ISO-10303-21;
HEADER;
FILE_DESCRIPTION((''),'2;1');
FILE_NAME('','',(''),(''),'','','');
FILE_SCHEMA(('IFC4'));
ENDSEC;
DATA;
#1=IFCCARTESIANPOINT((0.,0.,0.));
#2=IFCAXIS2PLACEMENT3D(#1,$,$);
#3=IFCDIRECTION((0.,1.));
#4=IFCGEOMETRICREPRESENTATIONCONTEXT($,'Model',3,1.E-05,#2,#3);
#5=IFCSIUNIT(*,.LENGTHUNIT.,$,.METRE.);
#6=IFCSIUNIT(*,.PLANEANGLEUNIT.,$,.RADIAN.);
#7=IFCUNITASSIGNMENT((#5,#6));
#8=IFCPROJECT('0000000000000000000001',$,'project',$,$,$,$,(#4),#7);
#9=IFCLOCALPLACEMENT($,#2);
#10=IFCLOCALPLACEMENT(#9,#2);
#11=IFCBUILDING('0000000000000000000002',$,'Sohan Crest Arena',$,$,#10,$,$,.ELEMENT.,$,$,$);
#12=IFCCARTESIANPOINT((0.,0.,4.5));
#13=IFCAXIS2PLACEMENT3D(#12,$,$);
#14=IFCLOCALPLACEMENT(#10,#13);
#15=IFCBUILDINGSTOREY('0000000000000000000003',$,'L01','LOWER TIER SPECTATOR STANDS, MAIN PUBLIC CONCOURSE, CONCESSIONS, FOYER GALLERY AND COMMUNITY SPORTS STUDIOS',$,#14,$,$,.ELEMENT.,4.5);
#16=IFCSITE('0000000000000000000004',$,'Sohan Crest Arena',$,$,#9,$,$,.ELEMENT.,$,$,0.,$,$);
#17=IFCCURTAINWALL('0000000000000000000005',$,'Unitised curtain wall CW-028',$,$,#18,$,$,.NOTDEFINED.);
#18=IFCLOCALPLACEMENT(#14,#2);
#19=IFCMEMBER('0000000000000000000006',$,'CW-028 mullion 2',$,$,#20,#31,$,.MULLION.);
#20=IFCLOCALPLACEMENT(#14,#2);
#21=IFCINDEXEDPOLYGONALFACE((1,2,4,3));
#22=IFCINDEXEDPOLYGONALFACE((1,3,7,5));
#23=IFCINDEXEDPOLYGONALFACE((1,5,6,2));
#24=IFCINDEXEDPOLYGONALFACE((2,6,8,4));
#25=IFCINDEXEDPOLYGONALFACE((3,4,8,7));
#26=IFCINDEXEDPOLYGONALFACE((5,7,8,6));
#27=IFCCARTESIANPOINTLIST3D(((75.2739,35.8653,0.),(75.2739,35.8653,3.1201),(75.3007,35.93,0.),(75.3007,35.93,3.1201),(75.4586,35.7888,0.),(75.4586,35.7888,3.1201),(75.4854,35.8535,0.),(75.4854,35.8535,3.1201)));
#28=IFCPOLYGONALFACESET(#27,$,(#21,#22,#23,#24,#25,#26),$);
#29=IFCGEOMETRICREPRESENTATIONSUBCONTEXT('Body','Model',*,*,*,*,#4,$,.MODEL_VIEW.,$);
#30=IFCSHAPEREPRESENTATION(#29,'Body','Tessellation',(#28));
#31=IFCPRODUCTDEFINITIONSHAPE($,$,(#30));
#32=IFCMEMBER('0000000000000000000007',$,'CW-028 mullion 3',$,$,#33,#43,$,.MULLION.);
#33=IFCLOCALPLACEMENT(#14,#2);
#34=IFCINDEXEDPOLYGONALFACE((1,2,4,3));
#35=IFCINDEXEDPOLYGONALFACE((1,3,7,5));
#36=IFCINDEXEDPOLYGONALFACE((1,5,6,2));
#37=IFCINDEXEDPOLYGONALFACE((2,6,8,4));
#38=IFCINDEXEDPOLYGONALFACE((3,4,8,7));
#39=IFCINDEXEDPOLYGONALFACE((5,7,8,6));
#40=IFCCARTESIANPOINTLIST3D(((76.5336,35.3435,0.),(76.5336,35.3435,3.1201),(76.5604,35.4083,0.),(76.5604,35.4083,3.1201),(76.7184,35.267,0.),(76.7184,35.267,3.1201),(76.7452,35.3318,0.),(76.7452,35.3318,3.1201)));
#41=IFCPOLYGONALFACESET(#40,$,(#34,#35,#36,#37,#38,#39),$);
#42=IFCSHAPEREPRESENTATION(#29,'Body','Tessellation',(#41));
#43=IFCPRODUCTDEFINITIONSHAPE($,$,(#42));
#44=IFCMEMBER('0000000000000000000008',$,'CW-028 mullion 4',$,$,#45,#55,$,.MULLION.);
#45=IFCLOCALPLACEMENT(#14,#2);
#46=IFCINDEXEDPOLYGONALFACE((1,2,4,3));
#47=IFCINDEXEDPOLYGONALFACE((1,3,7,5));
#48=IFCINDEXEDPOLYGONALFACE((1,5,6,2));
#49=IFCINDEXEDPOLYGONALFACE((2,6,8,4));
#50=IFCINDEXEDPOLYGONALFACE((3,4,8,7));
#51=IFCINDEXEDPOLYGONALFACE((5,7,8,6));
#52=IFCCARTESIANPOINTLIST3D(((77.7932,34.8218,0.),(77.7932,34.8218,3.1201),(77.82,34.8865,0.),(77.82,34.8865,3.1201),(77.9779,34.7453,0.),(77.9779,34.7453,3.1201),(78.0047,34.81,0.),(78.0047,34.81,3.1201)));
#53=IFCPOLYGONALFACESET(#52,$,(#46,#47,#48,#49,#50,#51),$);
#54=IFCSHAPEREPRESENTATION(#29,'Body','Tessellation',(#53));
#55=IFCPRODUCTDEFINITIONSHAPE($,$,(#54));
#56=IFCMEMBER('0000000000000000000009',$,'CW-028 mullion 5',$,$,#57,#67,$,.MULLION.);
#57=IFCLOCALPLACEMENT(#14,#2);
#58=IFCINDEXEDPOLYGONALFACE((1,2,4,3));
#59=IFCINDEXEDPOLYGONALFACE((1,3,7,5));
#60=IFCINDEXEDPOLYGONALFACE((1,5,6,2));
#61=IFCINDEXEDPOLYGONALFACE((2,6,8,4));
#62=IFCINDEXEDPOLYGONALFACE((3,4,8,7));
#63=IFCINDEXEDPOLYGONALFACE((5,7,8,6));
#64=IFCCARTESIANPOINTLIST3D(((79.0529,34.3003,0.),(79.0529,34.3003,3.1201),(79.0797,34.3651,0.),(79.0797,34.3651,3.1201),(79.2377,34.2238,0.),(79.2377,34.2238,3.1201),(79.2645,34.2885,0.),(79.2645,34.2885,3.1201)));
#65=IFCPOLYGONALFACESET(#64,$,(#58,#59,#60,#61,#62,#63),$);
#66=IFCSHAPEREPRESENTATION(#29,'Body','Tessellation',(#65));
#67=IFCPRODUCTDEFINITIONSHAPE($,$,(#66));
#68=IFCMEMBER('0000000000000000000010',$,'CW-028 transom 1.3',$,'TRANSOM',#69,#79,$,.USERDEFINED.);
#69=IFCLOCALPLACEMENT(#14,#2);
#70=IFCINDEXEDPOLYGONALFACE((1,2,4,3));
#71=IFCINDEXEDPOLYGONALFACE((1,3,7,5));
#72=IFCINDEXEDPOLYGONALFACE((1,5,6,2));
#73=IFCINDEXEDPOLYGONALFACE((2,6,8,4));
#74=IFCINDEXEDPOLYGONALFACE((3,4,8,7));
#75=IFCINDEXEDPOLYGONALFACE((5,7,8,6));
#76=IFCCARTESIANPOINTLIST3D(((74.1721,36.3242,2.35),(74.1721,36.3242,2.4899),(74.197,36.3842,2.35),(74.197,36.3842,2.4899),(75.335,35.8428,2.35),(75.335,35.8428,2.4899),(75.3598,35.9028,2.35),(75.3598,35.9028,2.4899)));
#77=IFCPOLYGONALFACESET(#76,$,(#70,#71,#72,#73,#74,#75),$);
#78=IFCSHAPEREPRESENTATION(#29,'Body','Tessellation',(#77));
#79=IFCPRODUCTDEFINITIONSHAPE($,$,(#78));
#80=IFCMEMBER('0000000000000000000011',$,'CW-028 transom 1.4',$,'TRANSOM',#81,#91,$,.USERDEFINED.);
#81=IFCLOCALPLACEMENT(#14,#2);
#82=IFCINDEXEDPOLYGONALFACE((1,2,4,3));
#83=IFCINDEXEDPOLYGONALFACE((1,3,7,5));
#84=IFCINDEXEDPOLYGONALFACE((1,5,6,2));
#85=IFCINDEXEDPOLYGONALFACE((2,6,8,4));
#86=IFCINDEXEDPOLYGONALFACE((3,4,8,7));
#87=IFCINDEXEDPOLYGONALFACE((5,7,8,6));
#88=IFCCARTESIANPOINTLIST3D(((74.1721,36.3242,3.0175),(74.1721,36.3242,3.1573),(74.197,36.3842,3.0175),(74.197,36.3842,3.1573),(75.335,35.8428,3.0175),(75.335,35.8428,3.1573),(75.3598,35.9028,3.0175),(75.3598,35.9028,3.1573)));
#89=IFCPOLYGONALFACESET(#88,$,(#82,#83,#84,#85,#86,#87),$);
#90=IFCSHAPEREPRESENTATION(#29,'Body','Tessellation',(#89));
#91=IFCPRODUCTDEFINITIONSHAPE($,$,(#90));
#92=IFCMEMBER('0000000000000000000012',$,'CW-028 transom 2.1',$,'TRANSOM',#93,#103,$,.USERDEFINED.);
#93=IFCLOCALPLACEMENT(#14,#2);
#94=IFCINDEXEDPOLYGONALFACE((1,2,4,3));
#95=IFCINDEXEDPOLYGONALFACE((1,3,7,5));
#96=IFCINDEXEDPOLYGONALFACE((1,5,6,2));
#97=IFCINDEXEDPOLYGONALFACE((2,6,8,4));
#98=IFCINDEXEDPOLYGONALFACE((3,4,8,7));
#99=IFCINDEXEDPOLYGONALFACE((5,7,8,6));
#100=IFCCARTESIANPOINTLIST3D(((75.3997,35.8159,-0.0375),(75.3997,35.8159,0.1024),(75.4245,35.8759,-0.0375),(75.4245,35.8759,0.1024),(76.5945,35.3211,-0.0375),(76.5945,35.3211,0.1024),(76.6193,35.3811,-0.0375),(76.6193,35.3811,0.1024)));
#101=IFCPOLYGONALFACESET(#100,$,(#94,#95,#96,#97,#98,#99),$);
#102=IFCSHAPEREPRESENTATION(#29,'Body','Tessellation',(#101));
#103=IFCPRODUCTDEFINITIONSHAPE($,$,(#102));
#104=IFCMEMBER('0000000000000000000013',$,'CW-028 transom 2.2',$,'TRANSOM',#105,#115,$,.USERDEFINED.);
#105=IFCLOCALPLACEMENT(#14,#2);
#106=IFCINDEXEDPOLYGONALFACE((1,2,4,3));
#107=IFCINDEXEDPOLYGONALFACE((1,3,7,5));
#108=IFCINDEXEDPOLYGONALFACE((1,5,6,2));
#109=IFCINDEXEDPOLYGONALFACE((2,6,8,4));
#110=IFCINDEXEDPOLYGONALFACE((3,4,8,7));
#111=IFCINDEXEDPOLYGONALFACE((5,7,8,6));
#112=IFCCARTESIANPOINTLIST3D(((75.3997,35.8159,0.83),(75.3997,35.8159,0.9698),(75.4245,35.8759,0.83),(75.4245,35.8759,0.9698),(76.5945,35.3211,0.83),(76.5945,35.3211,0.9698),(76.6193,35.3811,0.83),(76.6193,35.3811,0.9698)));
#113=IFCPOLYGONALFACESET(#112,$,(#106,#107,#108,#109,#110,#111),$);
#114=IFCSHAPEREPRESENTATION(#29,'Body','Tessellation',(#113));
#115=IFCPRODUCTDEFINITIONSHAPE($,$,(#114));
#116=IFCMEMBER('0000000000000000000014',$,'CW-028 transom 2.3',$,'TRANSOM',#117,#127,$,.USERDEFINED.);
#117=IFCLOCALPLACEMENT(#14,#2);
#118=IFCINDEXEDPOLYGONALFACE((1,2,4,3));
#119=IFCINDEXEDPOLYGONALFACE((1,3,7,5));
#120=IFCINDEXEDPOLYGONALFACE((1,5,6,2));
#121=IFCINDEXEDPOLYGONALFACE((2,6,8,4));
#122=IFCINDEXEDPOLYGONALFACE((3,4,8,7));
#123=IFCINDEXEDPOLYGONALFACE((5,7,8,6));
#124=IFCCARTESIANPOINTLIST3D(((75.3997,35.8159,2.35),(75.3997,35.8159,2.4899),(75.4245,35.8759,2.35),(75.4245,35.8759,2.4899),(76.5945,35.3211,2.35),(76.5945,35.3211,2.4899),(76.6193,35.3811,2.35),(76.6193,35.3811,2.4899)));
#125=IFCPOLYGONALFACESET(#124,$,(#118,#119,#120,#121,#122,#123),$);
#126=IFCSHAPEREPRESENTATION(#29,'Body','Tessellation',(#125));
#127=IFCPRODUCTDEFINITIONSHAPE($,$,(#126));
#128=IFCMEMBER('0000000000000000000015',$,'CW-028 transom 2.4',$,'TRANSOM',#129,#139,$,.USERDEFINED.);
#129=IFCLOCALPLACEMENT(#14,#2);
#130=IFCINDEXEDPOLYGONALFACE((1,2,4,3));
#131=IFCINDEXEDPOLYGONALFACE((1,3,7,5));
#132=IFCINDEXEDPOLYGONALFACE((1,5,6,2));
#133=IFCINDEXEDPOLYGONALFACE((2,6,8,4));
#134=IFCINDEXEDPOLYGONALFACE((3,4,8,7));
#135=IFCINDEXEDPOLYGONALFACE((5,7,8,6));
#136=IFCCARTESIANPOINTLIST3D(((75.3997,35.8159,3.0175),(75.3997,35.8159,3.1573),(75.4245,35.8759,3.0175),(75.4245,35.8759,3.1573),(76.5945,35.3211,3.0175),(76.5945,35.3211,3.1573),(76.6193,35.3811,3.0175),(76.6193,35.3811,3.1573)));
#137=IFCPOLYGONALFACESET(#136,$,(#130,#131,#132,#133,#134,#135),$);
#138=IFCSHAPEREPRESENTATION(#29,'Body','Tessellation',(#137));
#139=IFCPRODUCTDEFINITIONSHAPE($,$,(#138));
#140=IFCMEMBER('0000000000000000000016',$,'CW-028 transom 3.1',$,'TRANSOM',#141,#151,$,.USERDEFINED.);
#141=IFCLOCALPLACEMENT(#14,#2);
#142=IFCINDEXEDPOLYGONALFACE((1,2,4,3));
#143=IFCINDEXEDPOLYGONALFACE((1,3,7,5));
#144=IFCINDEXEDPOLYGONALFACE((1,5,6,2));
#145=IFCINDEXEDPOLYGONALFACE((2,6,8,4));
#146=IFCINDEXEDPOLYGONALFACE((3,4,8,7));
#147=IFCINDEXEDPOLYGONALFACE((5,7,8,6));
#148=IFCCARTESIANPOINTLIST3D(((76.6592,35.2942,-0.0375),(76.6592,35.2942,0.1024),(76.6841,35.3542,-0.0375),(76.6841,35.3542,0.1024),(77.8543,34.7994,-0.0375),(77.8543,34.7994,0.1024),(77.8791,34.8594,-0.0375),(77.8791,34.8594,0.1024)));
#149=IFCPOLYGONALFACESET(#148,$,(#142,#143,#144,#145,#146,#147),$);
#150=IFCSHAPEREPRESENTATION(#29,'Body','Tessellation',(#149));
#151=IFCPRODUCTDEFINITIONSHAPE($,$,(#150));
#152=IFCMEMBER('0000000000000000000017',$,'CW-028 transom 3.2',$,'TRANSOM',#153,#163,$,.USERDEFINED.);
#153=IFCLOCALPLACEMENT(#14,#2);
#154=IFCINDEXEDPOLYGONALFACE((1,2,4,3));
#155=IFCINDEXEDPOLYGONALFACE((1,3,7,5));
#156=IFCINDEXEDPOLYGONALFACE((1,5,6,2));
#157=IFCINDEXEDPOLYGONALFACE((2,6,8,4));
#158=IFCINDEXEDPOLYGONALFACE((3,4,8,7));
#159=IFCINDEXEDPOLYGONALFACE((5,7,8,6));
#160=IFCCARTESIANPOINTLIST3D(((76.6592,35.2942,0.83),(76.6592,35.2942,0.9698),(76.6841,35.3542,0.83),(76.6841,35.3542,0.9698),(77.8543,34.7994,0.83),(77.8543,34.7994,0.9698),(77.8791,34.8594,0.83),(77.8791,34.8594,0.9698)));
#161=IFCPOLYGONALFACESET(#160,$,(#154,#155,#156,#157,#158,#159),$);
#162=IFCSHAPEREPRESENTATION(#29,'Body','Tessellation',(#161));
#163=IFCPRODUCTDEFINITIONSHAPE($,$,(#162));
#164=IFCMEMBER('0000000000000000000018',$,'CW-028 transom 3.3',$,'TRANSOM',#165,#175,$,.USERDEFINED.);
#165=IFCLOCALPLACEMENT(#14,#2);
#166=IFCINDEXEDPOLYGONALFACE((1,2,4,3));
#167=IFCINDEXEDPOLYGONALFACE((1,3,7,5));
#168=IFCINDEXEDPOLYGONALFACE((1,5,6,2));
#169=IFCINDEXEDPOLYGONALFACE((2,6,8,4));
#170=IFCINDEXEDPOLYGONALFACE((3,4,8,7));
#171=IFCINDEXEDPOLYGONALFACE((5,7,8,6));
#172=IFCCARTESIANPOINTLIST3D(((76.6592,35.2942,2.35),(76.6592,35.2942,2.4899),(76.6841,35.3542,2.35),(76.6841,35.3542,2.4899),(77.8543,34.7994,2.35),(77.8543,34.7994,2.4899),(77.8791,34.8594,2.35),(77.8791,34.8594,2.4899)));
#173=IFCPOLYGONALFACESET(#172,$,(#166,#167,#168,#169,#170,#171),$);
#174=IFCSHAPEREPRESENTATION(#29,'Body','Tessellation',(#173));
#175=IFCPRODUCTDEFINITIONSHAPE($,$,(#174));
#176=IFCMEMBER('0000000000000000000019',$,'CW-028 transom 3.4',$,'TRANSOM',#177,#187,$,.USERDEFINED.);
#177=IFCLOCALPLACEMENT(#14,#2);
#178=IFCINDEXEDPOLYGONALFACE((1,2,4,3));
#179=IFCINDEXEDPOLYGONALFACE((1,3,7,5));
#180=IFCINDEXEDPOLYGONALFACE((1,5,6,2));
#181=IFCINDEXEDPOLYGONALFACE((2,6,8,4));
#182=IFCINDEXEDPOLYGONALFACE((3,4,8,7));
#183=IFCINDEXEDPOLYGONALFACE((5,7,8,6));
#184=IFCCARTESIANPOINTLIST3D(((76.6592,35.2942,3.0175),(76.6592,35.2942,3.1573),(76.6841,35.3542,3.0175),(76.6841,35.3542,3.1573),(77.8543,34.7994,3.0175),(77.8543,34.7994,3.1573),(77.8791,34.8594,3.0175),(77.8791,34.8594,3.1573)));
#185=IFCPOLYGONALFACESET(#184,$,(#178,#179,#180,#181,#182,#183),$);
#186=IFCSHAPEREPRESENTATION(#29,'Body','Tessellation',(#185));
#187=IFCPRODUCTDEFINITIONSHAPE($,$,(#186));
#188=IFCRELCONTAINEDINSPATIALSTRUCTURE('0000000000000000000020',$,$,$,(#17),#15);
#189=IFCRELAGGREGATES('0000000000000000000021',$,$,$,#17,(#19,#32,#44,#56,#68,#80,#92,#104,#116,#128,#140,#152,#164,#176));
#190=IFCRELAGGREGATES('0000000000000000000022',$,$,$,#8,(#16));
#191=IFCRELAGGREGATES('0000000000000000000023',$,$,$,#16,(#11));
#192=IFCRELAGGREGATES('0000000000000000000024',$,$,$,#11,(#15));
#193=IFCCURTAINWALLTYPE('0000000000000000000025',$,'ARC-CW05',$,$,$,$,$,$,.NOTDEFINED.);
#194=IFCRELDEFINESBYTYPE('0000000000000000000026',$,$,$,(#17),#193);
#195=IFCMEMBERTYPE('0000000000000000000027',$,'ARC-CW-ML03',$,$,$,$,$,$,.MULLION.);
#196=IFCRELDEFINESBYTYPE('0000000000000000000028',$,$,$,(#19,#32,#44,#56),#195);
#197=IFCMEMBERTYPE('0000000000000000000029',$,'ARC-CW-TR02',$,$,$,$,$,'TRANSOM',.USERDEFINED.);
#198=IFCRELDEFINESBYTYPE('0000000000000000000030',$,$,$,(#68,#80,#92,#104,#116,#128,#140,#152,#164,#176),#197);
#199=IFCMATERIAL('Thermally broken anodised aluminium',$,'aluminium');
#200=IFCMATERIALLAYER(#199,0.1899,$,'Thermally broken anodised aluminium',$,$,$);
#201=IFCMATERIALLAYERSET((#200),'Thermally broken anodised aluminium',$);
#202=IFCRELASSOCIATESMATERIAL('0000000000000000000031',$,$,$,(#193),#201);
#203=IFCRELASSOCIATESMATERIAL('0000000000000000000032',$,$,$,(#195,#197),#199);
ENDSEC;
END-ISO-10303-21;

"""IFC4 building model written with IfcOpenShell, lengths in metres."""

from ifc_helpers import new_model, si_unit, direction, frame, origin, origin_2d, place, context, subcontext, project, spatial, rectangle, extrude, material, layer, layer_set, material_profile, profile_set, type_object, element, aggregate, save


model = new_model("IFC4")

# Units and contexts
model_context = context("Model", 3, precision=1e-05, world=origin(), true_north=direction((0.0, 1.0)))
body_context = subcontext(model_context, "Body", "Model", "MODEL_VIEW")
ifc_project = project(units=[si_unit("LENGTHUNIT", "METRE"), si_unit("PLANEANGLEUNIT", "RADIAN")], contexts=[model_context])

# Site, building, storey
site_placement = place(None, origin())
site = spatial("IfcSite", under=ifc_project, at=site_placement, Name="Sohan Crest Arena", CompositionType="ELEMENT", RefElevation=0.0)
building_placement = place(site_placement, origin())
building = spatial("IfcBuilding", under=site, at=building_placement, Name="Sohan Crest Arena", CompositionType="ELEMENT")
storey_placement = place(building_placement, frame((0.0, 0.0, 4.5)))
storey = spatial("IfcBuildingStorey", under=building, at=storey_placement, Name="L01", Description="LOWER TIER SPECTATOR STANDS, MAIN PUBLIC CONCOURSE, CONCESSIONS, FOYER GALLERY AND COMMUNITY SPORTS STUDIOS", CompositionType="ELEMENT", Elevation=4.5)

# Curtain wall, members
ifc_material_1 = material(Name="Thermally broken anodised aluminium", Category="aluminium")
ifc_layer_1 = layer(ifc_material_1, 0.1899, Name="Thermally broken anodised aluminium")
ifc_layer_set_1 = layer_set([ifc_layer_1], Name="Thermally broken anodised aluminium")
curtain_wall_type = type_object("IfcCurtainWallType", Name="ARC-CW05", PredefinedType="NOTDEFINED", material=ifc_layer_set_1)
curtain_wall_placement = place(storey_placement, origin())
curtain_wall = element("IfcCurtainWall", 1, at=curtain_wall_placement, inside=storey, type_object=curtain_wall_type, Name="Unitised curtain wall CW-028", PredefinedType="NOTDEFINED")
ifc_material_profile_1 = material_profile(ifc_material_1, rectangle(XDim=0.0701, YDim=0.2, at=origin_2d()), Name="ALU-MULL 70x200")
ifc_profile_set_1 = profile_set([ifc_material_profile_1], Name="Thermally broken anodised aluminium")
member_type_1 = type_object("IfcMemberType", Name="ARC-CW-ML03", PredefinedType="MULLION", material=ifc_profile_set_1)
member_1_placement = place(storey_placement, frame((75.3796, 35.8594, 0.0), z_axis=(0.0, 0.0, 1.0), x_axis=(0.382618, 0.923907, 0.0)))
member_1 = element("IfcMember", 2, at=member_1_placement, type_object=member_type_1, Name="CW-028 mullion 2", PredefinedType="MULLION", context=body_context, shape_type="SweptSolid", body=[
    extrude(rectangle(XDim=0.0701, YDim=0.2, at=origin_2d()), origin(), (0.0, 0.0, 1.0), 3.1201),
])
member_2_placement = place(storey_placement, frame((76.6394, 35.3376, 0.0), z_axis=(0.0, 0.0, 1.0), x_axis=(0.382618, 0.923907, 0.0)))
member_2 = element("IfcMember", 3, at=member_2_placement, type_object=member_type_1, Name="CW-028 mullion 3", PredefinedType="MULLION", context=body_context, shape_type="SweptSolid", body=[
    extrude(rectangle(XDim=0.0701, YDim=0.2, at=origin_2d()), origin(), (0.0, 0.0, 1.0), 3.1201),
])
member_3_placement = place(storey_placement, frame((77.8989, 34.8159, 0.0), z_axis=(0.0, 0.0, 1.0), x_axis=(0.382618, 0.923907, 0.0)))
member_3 = element("IfcMember", 4, at=member_3_placement, type_object=member_type_1, Name="CW-028 mullion 4", PredefinedType="MULLION", context=body_context, shape_type="SweptSolid", body=[
    extrude(rectangle(XDim=0.0701, YDim=0.2, at=origin_2d()), origin(), (0.0, 0.0, 1.0), 3.1201),
])
member_4_placement = place(storey_placement, frame((79.1587, 34.2944, 0.0), z_axis=(0.0, 0.0, 1.0), x_axis=(0.382618, 0.923907, 0.0)))
member_4 = element("IfcMember", 5, at=member_4_placement, type_object=member_type_1, Name="CW-028 mullion 5", PredefinedType="MULLION", context=body_context, shape_type="SweptSolid", body=[
    extrude(rectangle(XDim=0.0701, YDim=0.2, at=origin_2d()), origin(), (0.0, 0.0, 1.0), 3.1201),
])
ifc_material_profile_2 = material_profile(ifc_material_1, rectangle(XDim=0.0649, YDim=0.1399, at=origin_2d()), Name="ALU-TRAN 65x140")
ifc_profile_set_2 = profile_set([ifc_material_profile_2], Name="Thermally broken anodised aluminium")
member_type_2 = type_object("IfcMemberType", Name="ARC-CW-TR02", ElementType="TRANSOM", PredefinedType="USERDEFINED", material=ifc_profile_set_2)
member_5_placement = place(storey_placement, frame((74.1846, 36.3542, 2.4199), z_axis=(0.923941, -0.382535, 0.0), x_axis=(0.382535, 0.923941, 0.0)))
member_5 = element("IfcMember", 6, at=member_5_placement, type_object=member_type_2, Name="CW-028 transom 1.3", ObjectType="TRANSOM", PredefinedType="USERDEFINED", context=body_context, shape_type="SweptSolid", body=[
    extrude(rectangle(XDim=0.0649, YDim=0.1399, at=origin_2d()), origin(), (0.0, 0.0, 1.0), 1.2585),
])
member_6_placement = place(storey_placement, frame((74.1846, 36.3542, 3.0874), z_axis=(0.923941, -0.382535, 0.0), x_axis=(0.382535, 0.923941, 0.0)))
member_6 = element("IfcMember", 7, at=member_6_placement, type_object=member_type_2, Name="CW-028 transom 1.4", ObjectType="TRANSOM", PredefinedType="USERDEFINED", context=body_context, shape_type="SweptSolid", body=[
    extrude(rectangle(XDim=0.0649, YDim=0.1399, at=origin_2d()), origin(), (0.0, 0.0, 1.0), 1.2585),
])
member_7_placement = place(storey_placement, frame((75.4121, 35.8459, 0.0325), z_axis=(0.92389, -0.382657, 0.0), x_axis=(0.382657, 0.92389, 0.0)))
member_7 = element("IfcMember", 8, at=member_7_placement, type_object=member_type_2, Name="CW-028 transom 2.1", ObjectType="TRANSOM", PredefinedType="USERDEFINED", context=body_context, shape_type="SweptSolid", body=[
    extrude(rectangle(XDim=0.0649, YDim=0.1399, at=origin_2d()), origin(), (0.0, 0.0, 1.0), 1.2932),
])
member_8_placement = place(storey_placement, frame((75.4121, 35.8459, 0.8999), z_axis=(0.92389, -0.382657, 0.0), x_axis=(0.382657, 0.92389, 0.0)))
member_8 = element("IfcMember", 9, at=member_8_placement, type_object=member_type_2, Name="CW-028 transom 2.2", ObjectType="TRANSOM", PredefinedType="USERDEFINED", context=body_context, shape_type="SweptSolid", body=[
    extrude(rectangle(XDim=0.0649, YDim=0.1399, at=origin_2d()), origin(), (0.0, 0.0, 1.0), 1.2932),
])
member_9_placement = place(storey_placement, frame((75.4121, 35.8459, 2.4199), z_axis=(0.92389, -0.382657, 0.0), x_axis=(0.382657, 0.92389, 0.0)))
member_9 = element("IfcMember", 10, at=member_9_placement, type_object=member_type_2, Name="CW-028 transom 2.3", ObjectType="TRANSOM", PredefinedType="USERDEFINED", context=body_context, shape_type="SweptSolid", body=[
    extrude(rectangle(XDim=0.0649, YDim=0.1399, at=origin_2d()), origin(), (0.0, 0.0, 1.0), 1.2932),
])
member_10_placement = place(storey_placement, frame((75.4121, 35.8459, 3.0874), z_axis=(0.92389, -0.382657, 0.0), x_axis=(0.382657, 0.92389, 0.0)))
member_10 = element("IfcMember", 11, at=member_10_placement, type_object=member_type_2, Name="CW-028 transom 2.4", ObjectType="TRANSOM", PredefinedType="USERDEFINED", context=body_context, shape_type="SweptSolid", body=[
    extrude(rectangle(XDim=0.0649, YDim=0.1399, at=origin_2d()), origin(), (0.0, 0.0, 1.0), 1.2932),
])
member_11_placement = place(storey_placement, frame((76.6716, 35.3242, 0.0325), z_axis=(0.923918, -0.382591, 0.0), x_axis=(0.382591, 0.923918, 0.0)))
member_11 = element("IfcMember", 12, at=member_11_placement, type_object=member_type_2, Name="CW-028 transom 3.1", ObjectType="TRANSOM", PredefinedType="USERDEFINED", context=body_context, shape_type="SweptSolid", body=[
    extrude(rectangle(XDim=0.0649, YDim=0.1399, at=origin_2d()), origin(), (0.0, 0.0, 1.0), 1.2935),
])
member_12_placement = place(storey_placement, frame((76.6716, 35.3242, 0.8999), z_axis=(0.923918, -0.382591, 0.0), x_axis=(0.382591, 0.923918, 0.0)))
member_12 = element("IfcMember", 13, at=member_12_placement, type_object=member_type_2, Name="CW-028 transom 3.2", ObjectType="TRANSOM", PredefinedType="USERDEFINED", context=body_context, shape_type="SweptSolid", body=[
    extrude(rectangle(XDim=0.0649, YDim=0.1399, at=origin_2d()), origin(), (0.0, 0.0, 1.0), 1.2935),
])
member_13_placement = place(storey_placement, frame((76.6716, 35.3242, 2.4199), z_axis=(0.923918, -0.382591, 0.0), x_axis=(0.382591, 0.923918, 0.0)))
member_13 = element("IfcMember", 14, at=member_13_placement, type_object=member_type_2, Name="CW-028 transom 3.3", ObjectType="TRANSOM", PredefinedType="USERDEFINED", context=body_context, shape_type="SweptSolid", body=[
    extrude(rectangle(XDim=0.0649, YDim=0.1399, at=origin_2d()), origin(), (0.0, 0.0, 1.0), 1.2935),
])
member_14_placement = place(storey_placement, frame((76.6716, 35.3242, 3.0874), z_axis=(0.923918, -0.382591, 0.0), x_axis=(0.382591, 0.923918, 0.0)))
member_14 = element("IfcMember", 15, at=member_14_placement, type_object=member_type_2, Name="CW-028 transom 3.4", ObjectType="TRANSOM", PredefinedType="USERDEFINED", context=body_context, shape_type="SweptSolid", body=[
    extrude(rectangle(XDim=0.0649, YDim=0.1399, at=origin_2d()), origin(), (0.0, 0.0, 1.0), 1.2935),
])

aggregate(curtain_wall, [member_1, member_2, member_3, member_4, member_5, member_6, member_7, member_8, member_9, member_10, member_11, member_12, member_13, member_14])

save(model, "model.ifc")
